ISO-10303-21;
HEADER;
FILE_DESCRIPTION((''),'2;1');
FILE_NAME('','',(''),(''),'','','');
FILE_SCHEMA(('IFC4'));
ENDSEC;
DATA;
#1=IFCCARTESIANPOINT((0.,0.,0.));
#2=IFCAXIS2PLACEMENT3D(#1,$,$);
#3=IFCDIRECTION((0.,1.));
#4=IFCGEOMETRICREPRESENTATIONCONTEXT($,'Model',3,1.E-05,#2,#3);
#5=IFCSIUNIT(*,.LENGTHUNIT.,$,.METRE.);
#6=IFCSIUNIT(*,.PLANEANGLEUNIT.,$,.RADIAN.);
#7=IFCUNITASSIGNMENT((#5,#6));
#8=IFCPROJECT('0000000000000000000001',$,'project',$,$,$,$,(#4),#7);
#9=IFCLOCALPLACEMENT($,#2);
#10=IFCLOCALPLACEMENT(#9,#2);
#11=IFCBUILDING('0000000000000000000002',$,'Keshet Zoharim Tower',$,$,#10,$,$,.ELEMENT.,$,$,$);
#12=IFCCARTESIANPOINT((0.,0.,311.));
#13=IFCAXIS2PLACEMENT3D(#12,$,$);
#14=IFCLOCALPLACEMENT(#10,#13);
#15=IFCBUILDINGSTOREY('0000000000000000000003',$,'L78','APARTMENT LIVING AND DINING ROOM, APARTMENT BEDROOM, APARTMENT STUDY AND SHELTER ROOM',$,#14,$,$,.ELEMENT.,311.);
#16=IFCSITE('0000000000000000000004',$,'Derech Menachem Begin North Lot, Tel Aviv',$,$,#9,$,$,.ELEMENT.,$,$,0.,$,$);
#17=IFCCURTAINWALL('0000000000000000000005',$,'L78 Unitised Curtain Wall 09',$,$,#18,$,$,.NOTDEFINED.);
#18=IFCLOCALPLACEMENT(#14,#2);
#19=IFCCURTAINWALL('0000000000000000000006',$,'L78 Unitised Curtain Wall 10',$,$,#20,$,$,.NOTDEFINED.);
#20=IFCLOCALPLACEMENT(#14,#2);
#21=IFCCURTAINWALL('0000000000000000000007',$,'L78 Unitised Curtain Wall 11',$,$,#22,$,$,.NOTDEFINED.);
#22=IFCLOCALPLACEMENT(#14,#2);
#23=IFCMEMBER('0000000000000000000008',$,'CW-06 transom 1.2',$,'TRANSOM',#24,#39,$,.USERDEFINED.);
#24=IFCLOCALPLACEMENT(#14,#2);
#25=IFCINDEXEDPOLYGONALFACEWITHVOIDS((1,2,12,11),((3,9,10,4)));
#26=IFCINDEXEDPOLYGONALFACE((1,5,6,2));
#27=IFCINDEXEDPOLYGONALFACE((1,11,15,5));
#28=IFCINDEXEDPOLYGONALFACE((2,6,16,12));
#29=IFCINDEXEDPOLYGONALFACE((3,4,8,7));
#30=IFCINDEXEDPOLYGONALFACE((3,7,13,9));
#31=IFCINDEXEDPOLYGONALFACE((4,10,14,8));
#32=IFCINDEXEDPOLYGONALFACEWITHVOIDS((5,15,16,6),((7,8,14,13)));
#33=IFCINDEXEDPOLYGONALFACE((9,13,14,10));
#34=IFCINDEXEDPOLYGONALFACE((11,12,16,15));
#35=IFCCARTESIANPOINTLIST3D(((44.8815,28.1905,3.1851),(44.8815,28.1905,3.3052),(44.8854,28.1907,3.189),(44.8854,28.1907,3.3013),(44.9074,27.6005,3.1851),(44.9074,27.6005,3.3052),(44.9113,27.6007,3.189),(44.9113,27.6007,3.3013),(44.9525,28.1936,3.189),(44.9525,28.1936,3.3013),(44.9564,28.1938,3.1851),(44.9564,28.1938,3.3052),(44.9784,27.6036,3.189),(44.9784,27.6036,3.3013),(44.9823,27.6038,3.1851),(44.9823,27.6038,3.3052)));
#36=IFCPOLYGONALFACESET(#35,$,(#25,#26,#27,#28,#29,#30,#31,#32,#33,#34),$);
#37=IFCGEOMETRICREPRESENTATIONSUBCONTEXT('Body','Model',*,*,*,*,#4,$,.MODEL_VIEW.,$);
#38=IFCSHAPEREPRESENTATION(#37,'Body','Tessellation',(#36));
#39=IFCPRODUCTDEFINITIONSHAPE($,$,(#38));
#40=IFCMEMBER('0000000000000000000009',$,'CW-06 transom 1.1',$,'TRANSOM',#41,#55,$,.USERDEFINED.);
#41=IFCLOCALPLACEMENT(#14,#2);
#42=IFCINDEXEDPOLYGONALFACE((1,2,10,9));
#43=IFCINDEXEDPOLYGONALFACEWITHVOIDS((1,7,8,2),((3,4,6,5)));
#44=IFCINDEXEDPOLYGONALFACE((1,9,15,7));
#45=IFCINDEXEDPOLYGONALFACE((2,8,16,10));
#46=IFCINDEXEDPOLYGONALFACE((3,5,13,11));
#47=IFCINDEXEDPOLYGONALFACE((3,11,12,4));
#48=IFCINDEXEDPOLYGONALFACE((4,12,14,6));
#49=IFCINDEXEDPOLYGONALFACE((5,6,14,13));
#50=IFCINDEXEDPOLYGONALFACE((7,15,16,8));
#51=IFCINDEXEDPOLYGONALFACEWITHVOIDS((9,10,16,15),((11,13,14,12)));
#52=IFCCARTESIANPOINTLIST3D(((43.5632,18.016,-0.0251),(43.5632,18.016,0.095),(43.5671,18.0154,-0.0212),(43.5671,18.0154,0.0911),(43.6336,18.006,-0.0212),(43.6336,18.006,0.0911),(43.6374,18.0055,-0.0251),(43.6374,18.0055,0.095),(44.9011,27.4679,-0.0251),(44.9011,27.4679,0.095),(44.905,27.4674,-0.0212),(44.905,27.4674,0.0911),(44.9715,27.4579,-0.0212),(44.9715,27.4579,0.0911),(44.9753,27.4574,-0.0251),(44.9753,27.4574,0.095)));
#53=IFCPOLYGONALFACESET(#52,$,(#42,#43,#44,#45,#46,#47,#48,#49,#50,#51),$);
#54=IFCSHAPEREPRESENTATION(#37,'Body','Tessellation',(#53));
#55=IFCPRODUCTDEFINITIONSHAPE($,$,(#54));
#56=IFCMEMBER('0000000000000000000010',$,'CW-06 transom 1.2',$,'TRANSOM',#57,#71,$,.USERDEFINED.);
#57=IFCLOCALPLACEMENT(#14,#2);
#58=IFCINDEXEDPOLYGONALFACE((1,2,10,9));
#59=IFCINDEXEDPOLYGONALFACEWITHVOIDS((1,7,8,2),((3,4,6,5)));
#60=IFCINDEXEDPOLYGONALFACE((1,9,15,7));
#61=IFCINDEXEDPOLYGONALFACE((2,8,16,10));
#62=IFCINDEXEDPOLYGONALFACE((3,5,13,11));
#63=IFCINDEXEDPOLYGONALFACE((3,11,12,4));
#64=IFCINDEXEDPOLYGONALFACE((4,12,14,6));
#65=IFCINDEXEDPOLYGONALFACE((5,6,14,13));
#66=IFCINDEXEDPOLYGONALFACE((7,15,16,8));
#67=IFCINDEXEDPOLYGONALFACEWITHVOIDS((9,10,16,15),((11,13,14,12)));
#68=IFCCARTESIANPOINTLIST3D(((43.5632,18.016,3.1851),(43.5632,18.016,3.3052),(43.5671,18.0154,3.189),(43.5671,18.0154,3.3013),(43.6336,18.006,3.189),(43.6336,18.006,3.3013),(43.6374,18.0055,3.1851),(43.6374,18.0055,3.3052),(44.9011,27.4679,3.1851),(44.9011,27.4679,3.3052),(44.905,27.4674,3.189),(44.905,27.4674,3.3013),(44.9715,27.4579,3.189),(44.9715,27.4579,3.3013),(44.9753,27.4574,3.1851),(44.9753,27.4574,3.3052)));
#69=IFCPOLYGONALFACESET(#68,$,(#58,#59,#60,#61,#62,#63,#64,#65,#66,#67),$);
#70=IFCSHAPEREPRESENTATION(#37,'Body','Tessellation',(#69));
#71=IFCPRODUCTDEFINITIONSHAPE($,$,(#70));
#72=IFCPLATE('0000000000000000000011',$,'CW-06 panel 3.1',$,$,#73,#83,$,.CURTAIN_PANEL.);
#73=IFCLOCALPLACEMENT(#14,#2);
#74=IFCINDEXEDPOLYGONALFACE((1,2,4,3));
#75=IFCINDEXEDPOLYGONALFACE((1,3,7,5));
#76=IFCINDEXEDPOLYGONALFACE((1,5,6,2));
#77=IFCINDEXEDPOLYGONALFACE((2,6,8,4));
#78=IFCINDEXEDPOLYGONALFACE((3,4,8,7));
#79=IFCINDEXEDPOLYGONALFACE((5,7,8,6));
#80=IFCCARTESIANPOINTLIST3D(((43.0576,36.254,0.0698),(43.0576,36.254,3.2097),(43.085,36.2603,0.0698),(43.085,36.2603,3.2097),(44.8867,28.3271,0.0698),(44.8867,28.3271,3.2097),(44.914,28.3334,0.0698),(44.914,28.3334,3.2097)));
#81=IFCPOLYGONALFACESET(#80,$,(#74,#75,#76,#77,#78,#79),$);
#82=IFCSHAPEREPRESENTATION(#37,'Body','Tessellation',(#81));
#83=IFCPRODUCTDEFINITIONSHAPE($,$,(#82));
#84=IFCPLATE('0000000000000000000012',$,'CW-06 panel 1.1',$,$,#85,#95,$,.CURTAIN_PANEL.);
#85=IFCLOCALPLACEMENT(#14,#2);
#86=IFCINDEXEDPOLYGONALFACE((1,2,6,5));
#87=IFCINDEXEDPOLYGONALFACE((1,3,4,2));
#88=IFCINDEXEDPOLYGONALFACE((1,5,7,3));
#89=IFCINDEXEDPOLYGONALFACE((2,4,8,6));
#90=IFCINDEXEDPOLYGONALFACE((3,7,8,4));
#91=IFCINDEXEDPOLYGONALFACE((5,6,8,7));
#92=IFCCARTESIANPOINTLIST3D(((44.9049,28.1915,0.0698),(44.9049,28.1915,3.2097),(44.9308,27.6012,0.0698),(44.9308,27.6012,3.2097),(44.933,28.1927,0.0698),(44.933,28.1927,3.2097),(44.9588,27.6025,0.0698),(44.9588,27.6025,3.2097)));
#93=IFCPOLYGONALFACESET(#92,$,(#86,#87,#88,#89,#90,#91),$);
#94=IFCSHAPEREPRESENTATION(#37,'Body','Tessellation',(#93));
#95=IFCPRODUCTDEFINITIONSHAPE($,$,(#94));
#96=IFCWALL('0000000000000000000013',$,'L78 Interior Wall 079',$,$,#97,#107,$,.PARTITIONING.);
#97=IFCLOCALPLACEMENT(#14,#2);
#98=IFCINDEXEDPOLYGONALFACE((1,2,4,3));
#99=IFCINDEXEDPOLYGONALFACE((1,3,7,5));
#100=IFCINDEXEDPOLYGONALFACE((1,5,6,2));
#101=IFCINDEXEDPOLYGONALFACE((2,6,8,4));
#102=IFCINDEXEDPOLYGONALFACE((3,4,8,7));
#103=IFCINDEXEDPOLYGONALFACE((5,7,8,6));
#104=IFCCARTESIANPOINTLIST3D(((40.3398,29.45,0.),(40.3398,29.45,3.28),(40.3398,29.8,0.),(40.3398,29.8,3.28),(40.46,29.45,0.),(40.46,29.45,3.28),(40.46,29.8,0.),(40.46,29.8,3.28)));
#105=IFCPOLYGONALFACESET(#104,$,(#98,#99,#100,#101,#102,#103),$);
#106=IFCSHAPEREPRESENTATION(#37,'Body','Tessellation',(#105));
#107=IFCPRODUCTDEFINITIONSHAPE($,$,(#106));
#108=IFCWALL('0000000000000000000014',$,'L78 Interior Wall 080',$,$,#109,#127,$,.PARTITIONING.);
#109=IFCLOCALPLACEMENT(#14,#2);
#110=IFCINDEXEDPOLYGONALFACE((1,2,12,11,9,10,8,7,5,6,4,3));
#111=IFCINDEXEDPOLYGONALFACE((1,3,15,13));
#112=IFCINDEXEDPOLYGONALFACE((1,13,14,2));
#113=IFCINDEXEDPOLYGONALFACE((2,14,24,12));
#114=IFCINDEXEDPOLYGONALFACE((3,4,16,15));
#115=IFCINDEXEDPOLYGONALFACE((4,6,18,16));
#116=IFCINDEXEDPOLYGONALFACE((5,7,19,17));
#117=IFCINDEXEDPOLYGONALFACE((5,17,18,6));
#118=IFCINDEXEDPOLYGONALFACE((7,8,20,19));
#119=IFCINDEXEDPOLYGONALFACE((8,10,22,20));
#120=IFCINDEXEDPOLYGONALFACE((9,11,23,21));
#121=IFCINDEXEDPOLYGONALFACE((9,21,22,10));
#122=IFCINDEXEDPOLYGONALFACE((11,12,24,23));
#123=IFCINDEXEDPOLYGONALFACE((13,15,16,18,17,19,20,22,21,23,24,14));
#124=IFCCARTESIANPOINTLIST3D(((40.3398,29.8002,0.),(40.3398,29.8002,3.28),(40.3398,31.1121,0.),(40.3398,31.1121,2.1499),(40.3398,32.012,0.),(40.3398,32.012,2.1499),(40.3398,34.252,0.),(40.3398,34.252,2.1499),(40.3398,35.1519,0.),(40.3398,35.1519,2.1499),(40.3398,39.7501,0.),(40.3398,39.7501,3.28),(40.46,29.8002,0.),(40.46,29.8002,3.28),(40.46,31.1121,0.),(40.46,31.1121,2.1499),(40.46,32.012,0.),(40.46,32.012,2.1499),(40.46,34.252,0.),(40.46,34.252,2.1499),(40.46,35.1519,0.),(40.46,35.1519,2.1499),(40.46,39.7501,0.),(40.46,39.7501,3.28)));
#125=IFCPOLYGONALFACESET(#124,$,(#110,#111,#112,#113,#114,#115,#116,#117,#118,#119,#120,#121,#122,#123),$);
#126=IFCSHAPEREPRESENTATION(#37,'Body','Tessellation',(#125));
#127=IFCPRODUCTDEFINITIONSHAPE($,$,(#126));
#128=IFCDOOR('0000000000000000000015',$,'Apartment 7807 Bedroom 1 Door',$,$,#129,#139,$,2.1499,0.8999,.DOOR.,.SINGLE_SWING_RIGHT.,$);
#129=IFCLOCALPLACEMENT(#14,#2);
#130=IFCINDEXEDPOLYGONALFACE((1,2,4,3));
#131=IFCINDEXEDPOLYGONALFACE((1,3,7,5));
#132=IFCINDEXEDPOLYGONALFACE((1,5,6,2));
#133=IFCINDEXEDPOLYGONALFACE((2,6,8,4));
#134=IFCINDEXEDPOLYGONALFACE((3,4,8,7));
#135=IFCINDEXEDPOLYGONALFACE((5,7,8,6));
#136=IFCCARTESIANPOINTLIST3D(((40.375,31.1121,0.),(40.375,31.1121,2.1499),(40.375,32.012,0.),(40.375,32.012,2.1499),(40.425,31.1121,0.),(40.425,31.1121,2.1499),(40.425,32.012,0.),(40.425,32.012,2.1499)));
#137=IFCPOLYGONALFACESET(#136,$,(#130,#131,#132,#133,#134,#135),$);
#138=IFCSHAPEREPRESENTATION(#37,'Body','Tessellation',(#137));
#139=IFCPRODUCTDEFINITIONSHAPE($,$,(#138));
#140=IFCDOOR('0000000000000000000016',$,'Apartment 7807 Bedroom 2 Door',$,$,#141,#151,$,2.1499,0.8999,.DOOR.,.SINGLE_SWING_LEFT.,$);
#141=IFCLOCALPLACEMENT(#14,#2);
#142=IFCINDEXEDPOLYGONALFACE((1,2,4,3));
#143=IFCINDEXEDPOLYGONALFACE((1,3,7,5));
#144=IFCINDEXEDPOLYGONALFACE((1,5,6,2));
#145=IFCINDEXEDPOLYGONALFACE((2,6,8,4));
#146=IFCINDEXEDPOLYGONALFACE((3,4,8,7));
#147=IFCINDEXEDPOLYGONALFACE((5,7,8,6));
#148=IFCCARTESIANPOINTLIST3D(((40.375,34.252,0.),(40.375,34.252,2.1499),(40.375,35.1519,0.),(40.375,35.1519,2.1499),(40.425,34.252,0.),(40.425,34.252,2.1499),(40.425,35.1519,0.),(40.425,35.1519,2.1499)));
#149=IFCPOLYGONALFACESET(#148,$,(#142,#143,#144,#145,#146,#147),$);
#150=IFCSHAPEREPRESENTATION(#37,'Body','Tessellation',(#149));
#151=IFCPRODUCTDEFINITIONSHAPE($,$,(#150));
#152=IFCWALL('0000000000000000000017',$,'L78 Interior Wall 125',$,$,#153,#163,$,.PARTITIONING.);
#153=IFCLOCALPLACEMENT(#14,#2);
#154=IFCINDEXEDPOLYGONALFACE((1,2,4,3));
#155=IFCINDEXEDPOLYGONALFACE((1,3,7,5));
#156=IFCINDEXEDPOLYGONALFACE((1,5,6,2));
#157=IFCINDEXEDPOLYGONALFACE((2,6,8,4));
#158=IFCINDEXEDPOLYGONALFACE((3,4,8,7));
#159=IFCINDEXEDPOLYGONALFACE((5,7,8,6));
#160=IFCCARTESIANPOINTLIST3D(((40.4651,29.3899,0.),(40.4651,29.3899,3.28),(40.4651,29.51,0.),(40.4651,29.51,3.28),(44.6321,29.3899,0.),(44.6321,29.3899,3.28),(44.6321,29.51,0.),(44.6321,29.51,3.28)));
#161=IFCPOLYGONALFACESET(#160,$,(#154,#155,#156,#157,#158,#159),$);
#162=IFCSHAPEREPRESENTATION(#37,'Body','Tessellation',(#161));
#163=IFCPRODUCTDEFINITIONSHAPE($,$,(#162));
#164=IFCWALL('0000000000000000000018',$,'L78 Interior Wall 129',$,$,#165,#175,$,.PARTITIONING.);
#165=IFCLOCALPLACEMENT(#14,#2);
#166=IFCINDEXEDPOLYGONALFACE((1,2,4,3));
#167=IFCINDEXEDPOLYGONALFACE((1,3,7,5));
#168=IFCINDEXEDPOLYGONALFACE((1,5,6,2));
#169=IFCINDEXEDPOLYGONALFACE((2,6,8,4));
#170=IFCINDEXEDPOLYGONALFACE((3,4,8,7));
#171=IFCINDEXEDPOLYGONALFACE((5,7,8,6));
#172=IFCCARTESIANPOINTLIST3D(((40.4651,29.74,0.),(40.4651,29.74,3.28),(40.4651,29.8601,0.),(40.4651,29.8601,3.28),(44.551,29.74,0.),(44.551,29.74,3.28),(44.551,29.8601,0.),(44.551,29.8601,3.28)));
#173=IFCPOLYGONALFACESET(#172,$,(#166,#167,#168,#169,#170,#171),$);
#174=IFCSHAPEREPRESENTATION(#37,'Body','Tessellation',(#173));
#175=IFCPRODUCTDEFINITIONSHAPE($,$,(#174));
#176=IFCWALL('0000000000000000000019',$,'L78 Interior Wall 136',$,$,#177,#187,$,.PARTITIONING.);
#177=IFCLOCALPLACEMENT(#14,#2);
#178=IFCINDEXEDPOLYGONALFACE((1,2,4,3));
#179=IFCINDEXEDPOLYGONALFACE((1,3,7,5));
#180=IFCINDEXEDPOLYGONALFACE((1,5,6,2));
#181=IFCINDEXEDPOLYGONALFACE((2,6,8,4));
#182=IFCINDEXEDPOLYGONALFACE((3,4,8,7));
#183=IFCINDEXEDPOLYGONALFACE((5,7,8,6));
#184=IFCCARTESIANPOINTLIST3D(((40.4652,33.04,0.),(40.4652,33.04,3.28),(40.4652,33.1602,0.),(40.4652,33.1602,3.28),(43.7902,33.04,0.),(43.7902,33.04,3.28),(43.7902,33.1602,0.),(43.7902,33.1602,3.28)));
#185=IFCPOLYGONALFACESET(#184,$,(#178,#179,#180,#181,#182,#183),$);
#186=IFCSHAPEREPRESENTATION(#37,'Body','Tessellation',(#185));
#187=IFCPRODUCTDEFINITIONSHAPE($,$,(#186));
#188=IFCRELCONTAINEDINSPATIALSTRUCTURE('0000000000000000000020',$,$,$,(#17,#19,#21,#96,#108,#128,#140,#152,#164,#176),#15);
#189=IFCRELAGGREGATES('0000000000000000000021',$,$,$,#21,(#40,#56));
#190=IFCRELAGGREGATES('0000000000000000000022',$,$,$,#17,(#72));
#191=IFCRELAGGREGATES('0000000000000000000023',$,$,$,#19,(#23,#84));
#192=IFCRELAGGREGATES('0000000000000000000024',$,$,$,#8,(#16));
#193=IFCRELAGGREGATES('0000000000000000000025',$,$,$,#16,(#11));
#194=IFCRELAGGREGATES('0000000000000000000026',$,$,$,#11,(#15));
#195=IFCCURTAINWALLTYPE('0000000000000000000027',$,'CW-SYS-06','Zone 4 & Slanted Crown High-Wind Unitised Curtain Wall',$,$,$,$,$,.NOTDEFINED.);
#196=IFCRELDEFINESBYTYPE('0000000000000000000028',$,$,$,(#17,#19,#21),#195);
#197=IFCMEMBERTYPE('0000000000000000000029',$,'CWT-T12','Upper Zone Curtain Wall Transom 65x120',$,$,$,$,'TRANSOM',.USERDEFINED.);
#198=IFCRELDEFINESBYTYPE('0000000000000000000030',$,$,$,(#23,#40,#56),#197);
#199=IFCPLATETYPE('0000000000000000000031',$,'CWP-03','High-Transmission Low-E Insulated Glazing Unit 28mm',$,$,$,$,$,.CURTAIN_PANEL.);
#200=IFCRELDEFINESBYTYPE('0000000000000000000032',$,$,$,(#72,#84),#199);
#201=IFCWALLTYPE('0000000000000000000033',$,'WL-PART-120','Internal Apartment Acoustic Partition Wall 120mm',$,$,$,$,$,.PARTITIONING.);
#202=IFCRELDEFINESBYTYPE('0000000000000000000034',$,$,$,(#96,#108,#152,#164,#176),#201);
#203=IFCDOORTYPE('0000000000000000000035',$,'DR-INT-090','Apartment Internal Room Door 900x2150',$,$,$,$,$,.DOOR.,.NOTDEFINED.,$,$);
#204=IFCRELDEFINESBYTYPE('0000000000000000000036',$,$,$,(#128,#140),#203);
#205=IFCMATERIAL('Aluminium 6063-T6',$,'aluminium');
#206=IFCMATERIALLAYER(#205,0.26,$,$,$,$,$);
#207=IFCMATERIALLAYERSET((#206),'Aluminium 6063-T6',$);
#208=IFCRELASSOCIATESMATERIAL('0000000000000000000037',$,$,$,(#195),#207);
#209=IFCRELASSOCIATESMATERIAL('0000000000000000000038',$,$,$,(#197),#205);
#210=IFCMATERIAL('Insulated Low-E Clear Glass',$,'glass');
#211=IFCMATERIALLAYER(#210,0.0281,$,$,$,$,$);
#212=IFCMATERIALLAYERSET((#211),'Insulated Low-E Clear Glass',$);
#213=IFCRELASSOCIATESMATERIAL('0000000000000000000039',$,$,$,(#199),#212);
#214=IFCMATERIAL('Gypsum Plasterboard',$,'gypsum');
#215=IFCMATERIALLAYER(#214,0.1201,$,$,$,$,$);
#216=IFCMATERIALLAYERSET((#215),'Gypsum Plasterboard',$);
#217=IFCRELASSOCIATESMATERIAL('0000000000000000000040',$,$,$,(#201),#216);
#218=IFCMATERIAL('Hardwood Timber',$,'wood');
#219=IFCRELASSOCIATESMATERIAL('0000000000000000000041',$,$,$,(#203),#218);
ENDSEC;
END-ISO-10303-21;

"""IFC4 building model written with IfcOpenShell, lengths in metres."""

from ifc_helpers import new_model, si_unit, direction, frame, frame_2d, origin, origin_2d, place, context, subcontext, project, spatial, rectangle, hollow_rectangle, extrude, material, layer, layer_set, material_profile, profile_set, type_object, element, fill, aggregate, save


model = new_model("IFC4")

# Units and contexts
model_context = context("Model", 3, precision=1e-05, world=origin(), true_north=direction((0.0, 1.0)))
body_context = subcontext(model_context, "Body", "Model", "MODEL_VIEW")
ifc_project = project(units=[si_unit("LENGTHUNIT", "METRE"), si_unit("PLANEANGLEUNIT", "RADIAN")], contexts=[model_context])

# Site, building, storey
site_placement = place(None, origin())
site = spatial("IfcSite", under=ifc_project, at=site_placement, Name="Derech Menachem Begin North Lot, Tel Aviv", CompositionType="ELEMENT", RefElevation=0.0)
building_placement = place(site_placement, origin())
building = spatial("IfcBuilding", under=site, at=building_placement, Name="Keshet Zoharim Tower", CompositionType="ELEMENT")
storey_placement = place(building_placement, frame((0.0, 0.0, 311.0)))
storey = spatial("IfcBuildingStorey", under=building, at=storey_placement, Name="L78", Description="APARTMENT LIVING AND DINING ROOM, APARTMENT BEDROOM, APARTMENT STUDY AND SHELTER ROOM", CompositionType="ELEMENT", Elevation=311.0)

# Curtain walls
ifc_material_1 = material(Name="Aluminium 6063-T6", Category="aluminium")
ifc_layer_1 = layer(ifc_material_1, 0.26)
ifc_layer_set_1 = layer_set([ifc_layer_1], Name="Aluminium 6063-T6")
curtain_wall_type = type_object("IfcCurtainWallType", Name="CW-SYS-06", Description="Zone 4 & Slanted Crown High-Wind Unitised Curtain Wall", PredefinedType="NOTDEFINED", material=ifc_layer_set_1)
curtain_wall_1_placement = place(storey_placement, origin())
curtain_wall_1 = element("IfcCurtainWall", 1, at=curtain_wall_1_placement, inside=storey, type_object=curtain_wall_type, Name="L78 Unitised Curtain Wall 09", PredefinedType="NOTDEFINED")
curtain_wall_2_placement = place(storey_placement, origin())
curtain_wall_2 = element("IfcCurtainWall", 2, at=curtain_wall_2_placement, inside=storey, type_object=curtain_wall_type, Name="L78 Unitised Curtain Wall 10", PredefinedType="NOTDEFINED")

# Curtain wall
curtain_wall_3_placement = place(storey_placement, origin())
curtain_wall_3 = element("IfcCurtainWall", 3, at=curtain_wall_3_placement, inside=storey, type_object=curtain_wall_type, Name="L78 Unitised Curtain Wall 11", PredefinedType="NOTDEFINED")

# Members
ifc_material_profile_1 = material_profile(ifc_material_1, hollow_rectangle(XDim=0.075, YDim=0.1201, WallThickness=0.0039, at=origin_2d()), Name="TRN-75x120")
ifc_profile_set_1 = profile_set([ifc_material_profile_1], Name="Aluminium 6063-T6")
member_type_1 = type_object("IfcMemberType", Name="CWT-T12", Description="Upper Zone Curtain Wall Transom 65x120", ElementType="TRANSOM", PredefinedType="USERDEFINED", material=ifc_profile_set_1)
member_1_placement = place(storey_placement, frame((44.9189, 28.1921, 3.2451), z_axis=(0.043814, -0.99904, 0.0), x_axis=(0.99904, 0.043814, 0.0)))
member_1 = element("IfcMember", 4, at=member_1_placement, type_object=member_type_1, Name="CW-06 transom 1.2", ObjectType="TRANSOM", PredefinedType="USERDEFINED", context=body_context, shape_type="SweptSolid", body=[
    extrude(hollow_rectangle(XDim=0.075, YDim=0.1201, WallThickness=0.0039, at=origin_2d()), origin(), (0.0, 0.0, 1.0), 0.5906),
])
member_2_placement = place(storey_placement, frame((44.9382, 27.4626, 0.0349), z_axis=(-0.14015, -0.99013, 0.0), x_axis=(0.99013, -0.14015, 0.0)))
member_2 = element("IfcMember", 5, at=member_2_placement, type_object=member_type_1, Name="CW-06 transom 1.1", ObjectType="TRANSOM", PredefinedType="USERDEFINED", context=body_context, shape_type="SweptSolid", body=[
    extrude(hollow_rectangle(XDim=0.075, YDim=0.1201, WallThickness=0.0039, at=origin_2d()), origin(), (0.0, 0.0, 1.0), 9.5461),
])
member_3_placement = place(storey_placement, frame((44.9382, 27.4626, 3.2451), z_axis=(-0.14015, -0.99013, 0.0), x_axis=(0.99013, -0.14015, 0.0)))
member_3 = element("IfcMember", 6, at=member_3_placement, type_object=member_type_1, Name="CW-06 transom 1.2", ObjectType="TRANSOM", PredefinedType="USERDEFINED", context=body_context, shape_type="SweptSolid", body=[
    extrude(hollow_rectangle(XDim=0.075, YDim=0.1201, WallThickness=0.0039, at=origin_2d()), origin(), (0.0, 0.0, 1.0), 9.5461),
])
aggregate(curtain_wall_3, [member_2, member_3])

# Plates
ifc_material_2 = material(Name="Insulated Low-E Clear Glass", Category="glass")
ifc_layer_2 = layer(ifc_material_2, 0.0281)
ifc_layer_set_2 = layer_set([ifc_layer_2], Name="Insulated Low-E Clear Glass")
plate_type = type_object("IfcPlateType", Name="CWP-03", Description="High-Transmission Low-E Insulated Glazing Unit 28mm", PredefinedType="CURTAIN_PANEL", material=ifc_layer_set_2)
plate_1_placement = place(storey_placement, frame((43.9858, 32.2937, 0.0698), z_axis=(0.0, 0.0, 1.0), x_axis=(0.22483, -0.974398, 0.0)))
plate_1 = element("IfcPlate", 7, at=plate_1_placement, type_object=plate_type, Name="CW-06 panel 3.1", PredefinedType="CURTAIN_PANEL", context=body_context, shape_type="SweptSolid", body=[
    extrude(rectangle(XDim=8.1353, YDim=0.0281, at=origin_2d()), origin(), (0.0, 0.0, 1.0), 3.1399),
])
aggregate(curtain_wall_1, [plate_1])
plate_2_placement = place(storey_placement, frame((44.9319, 27.897, 0.0698), z_axis=(0.0, 0.0, 1.0), x_axis=(0.043794, -0.999041, 0.0)))
plate_2 = element("IfcPlate", 8, at=plate_2_placement, type_object=plate_type, Name="CW-06 panel 1.1", PredefinedType="CURTAIN_PANEL", context=body_context, shape_type="SweptSolid", body=[
    extrude(rectangle(XDim=0.5908, YDim=0.0281, at=origin_2d()), origin(), (0.0, 0.0, 1.0), 3.1399),
])
aggregate(curtain_wall_2, [member_1, plate_2])

# Shared definitions
ifc_material_3 = material(Name="Hardwood Timber", Category="wood")
ifc_material_4 = material(Name="Gypsum Plasterboard", Category="gypsum")
ifc_layer_3 = layer(ifc_material_4, 0.1201)
ifc_layer_set_3 = layer_set([ifc_layer_3], Name="Gypsum Plasterboard")
wall_type_1 = type_object("IfcWallType", Name="WL-PART-120", Description="Internal Apartment Acoustic Partition Wall 120mm", PredefinedType="PARTITIONING", material=ifc_layer_set_3)
door_type_1 = type_object("IfcDoorType", Name="DR-INT-090", Description="Apartment Internal Room Door 900x2150", OperationType="NOTDEFINED", PredefinedType="DOOR", material=ifc_material_3)

# Wall
wall_1_placement = place(storey_placement, frame((40.3999, 29.45, 0.0), z_axis=(0.0, 0.0, 1.0), x_axis=(0.0, 1.0, 0.0)))
element("IfcWall", 9, at=wall_1_placement, inside=storey, type_object=wall_type_1, Name="L78 Interior Wall 079", PredefinedType="PARTITIONING", context=body_context, shape_type="SweptSolid", body=[
    extrude(rectangle(XDim=0.3501, YDim=0.1201, at=frame_2d((0.175, 0.0))), origin(), (0.0, 0.0, 1.0), 3.28),
])

# Wall, openings, doors
wall_2_placement = place(storey_placement, frame((40.3999, 29.8, 0.0), z_axis=(0.0, 0.0, 1.0), x_axis=(0.0, 1.0, 0.0)))
wall_2 = element("IfcWall", 10, at=wall_2_placement, inside=storey, type_object=wall_type_1, Name="L78 Interior Wall 080", PredefinedType="PARTITIONING", context=body_context, shape_type="SweptSolid", body=[
    extrude(rectangle(XDim=9.95, YDim=0.1201, at=frame_2d((4.9751, 0.0))), origin(), (0.0, 0.0, 1.0), 3.28),
])
opening_1_placement = place(wall_2_placement, frame((1.312, 0.0, 0.0)))
opening_1 = element("IfcOpeningElement", 11, at=opening_1_placement, cuts=wall_2, PredefinedType="OPENING", context=body_context, shape_type="SweptSolid", body=[
    extrude(rectangle(XDim=0.8999, YDim=2.1499, at=frame_2d((0.45, 1.075))), frame((0.0, 0.0701, 0.0), z_axis=(0.0, -1.0, 0.0), x_axis=(1.0, 0.0, 0.0)), (0.0, 0.0, 1.0), 0.1401),
])
opening_2_placement = place(wall_2_placement, frame((4.4519, 0.0, 0.0)))
opening_2 = element("IfcOpeningElement", 12, at=opening_2_placement, cuts=wall_2, PredefinedType="OPENING", context=body_context, shape_type="SweptSolid", body=[
    extrude(rectangle(XDim=0.8999, YDim=2.1499, at=frame_2d((0.45, 1.075))), frame((0.0, 0.0701, 0.0), z_axis=(0.0, -1.0, 0.0), x_axis=(1.0, 0.0, 0.0)), (0.0, 0.0, 1.0), 0.1401),
])
door_1_placement = place(opening_1_placement, origin())
door_1 = element("IfcDoor", 13, at=door_1_placement, inside=storey, type_object=door_type_1, Name="Apartment 7807 Bedroom 1 Door", OperationType="SINGLE_SWING_RIGHT", OverallHeight=2.1499, OverallWidth=0.8999, PredefinedType="DOOR", context=body_context, shape_type="SweptSolid", body=[
    extrude(rectangle(XDim=0.8999, YDim=2.1499, at=frame_2d((0.45, 1.075))), frame((0.0, 0.0249, 0.0), z_axis=(0.0, -1.0, 0.0), x_axis=(1.0, 0.0, 0.0)), (0.0, 0.0, 1.0), 0.05),
])
fill(opening_1, door_1)
door_2_placement = place(opening_2_placement, origin())
door_2 = element("IfcDoor", 14, at=door_2_placement, inside=storey, type_object=door_type_1, Name="Apartment 7807 Bedroom 2 Door", OperationType="SINGLE_SWING_LEFT", OverallHeight=2.1499, OverallWidth=0.8999, PredefinedType="DOOR", context=body_context, shape_type="SweptSolid", body=[
    extrude(rectangle(XDim=0.8999, YDim=2.1499, at=frame_2d((0.45, 1.075))), frame((0.0, 0.0249, 0.0), z_axis=(0.0, -1.0, 0.0), x_axis=(1.0, 0.0, 0.0)), (0.0, 0.0, 1.0), 0.05),
])
fill(opening_2, door_2)

# Walls
wall_3_placement = place(storey_placement, frame((40.4651, 29.45, 0.0), z_axis=(0.0, 0.0, 1.0), x_axis=(1.0, 0.0, 0.0)))
element("IfcWall", 15, at=wall_3_placement, inside=storey, type_object=wall_type_1, Name="L78 Interior Wall 125", PredefinedType="PARTITIONING", context=body_context, shape_type="SweptSolid", body=[
    extrude(rectangle(XDim=4.167, YDim=0.1201, at=frame_2d((2.0835, 0.0))), origin(), (0.0, 0.0, 1.0), 3.28),
])
wall_4_placement = place(storey_placement, frame((40.4651, 29.8, 0.0), z_axis=(0.0, 0.0, 1.0), x_axis=(1.0, 0.0, 0.0)))
element("IfcWall", 16, at=wall_4_placement, inside=storey, type_object=wall_type_1, Name="L78 Interior Wall 129", PredefinedType="PARTITIONING", context=body_context, shape_type="SweptSolid", body=[
    extrude(rectangle(XDim=4.0859, YDim=0.1201, at=frame_2d((2.043, 0.0))), origin(), (0.0, 0.0, 1.0), 3.28),
])
wall_5_placement = place(storey_placement, frame((40.4651, 33.1001, 0.0), z_axis=(0.0, 0.0, 1.0), x_axis=(1.0, 0.0, 0.0)))
element("IfcWall", 17, at=wall_5_placement, inside=storey, type_object=wall_type_1, Name="L78 Interior Wall 136", PredefinedType="PARTITIONING", context=body_context, shape_type="SweptSolid", body=[
    extrude(rectangle(XDim=3.325, YDim=0.1201, at=frame_2d((1.6626, 0.0))), origin(), (0.0, 0.0, 1.0), 3.28),
])

save(model, "model.ifc")
